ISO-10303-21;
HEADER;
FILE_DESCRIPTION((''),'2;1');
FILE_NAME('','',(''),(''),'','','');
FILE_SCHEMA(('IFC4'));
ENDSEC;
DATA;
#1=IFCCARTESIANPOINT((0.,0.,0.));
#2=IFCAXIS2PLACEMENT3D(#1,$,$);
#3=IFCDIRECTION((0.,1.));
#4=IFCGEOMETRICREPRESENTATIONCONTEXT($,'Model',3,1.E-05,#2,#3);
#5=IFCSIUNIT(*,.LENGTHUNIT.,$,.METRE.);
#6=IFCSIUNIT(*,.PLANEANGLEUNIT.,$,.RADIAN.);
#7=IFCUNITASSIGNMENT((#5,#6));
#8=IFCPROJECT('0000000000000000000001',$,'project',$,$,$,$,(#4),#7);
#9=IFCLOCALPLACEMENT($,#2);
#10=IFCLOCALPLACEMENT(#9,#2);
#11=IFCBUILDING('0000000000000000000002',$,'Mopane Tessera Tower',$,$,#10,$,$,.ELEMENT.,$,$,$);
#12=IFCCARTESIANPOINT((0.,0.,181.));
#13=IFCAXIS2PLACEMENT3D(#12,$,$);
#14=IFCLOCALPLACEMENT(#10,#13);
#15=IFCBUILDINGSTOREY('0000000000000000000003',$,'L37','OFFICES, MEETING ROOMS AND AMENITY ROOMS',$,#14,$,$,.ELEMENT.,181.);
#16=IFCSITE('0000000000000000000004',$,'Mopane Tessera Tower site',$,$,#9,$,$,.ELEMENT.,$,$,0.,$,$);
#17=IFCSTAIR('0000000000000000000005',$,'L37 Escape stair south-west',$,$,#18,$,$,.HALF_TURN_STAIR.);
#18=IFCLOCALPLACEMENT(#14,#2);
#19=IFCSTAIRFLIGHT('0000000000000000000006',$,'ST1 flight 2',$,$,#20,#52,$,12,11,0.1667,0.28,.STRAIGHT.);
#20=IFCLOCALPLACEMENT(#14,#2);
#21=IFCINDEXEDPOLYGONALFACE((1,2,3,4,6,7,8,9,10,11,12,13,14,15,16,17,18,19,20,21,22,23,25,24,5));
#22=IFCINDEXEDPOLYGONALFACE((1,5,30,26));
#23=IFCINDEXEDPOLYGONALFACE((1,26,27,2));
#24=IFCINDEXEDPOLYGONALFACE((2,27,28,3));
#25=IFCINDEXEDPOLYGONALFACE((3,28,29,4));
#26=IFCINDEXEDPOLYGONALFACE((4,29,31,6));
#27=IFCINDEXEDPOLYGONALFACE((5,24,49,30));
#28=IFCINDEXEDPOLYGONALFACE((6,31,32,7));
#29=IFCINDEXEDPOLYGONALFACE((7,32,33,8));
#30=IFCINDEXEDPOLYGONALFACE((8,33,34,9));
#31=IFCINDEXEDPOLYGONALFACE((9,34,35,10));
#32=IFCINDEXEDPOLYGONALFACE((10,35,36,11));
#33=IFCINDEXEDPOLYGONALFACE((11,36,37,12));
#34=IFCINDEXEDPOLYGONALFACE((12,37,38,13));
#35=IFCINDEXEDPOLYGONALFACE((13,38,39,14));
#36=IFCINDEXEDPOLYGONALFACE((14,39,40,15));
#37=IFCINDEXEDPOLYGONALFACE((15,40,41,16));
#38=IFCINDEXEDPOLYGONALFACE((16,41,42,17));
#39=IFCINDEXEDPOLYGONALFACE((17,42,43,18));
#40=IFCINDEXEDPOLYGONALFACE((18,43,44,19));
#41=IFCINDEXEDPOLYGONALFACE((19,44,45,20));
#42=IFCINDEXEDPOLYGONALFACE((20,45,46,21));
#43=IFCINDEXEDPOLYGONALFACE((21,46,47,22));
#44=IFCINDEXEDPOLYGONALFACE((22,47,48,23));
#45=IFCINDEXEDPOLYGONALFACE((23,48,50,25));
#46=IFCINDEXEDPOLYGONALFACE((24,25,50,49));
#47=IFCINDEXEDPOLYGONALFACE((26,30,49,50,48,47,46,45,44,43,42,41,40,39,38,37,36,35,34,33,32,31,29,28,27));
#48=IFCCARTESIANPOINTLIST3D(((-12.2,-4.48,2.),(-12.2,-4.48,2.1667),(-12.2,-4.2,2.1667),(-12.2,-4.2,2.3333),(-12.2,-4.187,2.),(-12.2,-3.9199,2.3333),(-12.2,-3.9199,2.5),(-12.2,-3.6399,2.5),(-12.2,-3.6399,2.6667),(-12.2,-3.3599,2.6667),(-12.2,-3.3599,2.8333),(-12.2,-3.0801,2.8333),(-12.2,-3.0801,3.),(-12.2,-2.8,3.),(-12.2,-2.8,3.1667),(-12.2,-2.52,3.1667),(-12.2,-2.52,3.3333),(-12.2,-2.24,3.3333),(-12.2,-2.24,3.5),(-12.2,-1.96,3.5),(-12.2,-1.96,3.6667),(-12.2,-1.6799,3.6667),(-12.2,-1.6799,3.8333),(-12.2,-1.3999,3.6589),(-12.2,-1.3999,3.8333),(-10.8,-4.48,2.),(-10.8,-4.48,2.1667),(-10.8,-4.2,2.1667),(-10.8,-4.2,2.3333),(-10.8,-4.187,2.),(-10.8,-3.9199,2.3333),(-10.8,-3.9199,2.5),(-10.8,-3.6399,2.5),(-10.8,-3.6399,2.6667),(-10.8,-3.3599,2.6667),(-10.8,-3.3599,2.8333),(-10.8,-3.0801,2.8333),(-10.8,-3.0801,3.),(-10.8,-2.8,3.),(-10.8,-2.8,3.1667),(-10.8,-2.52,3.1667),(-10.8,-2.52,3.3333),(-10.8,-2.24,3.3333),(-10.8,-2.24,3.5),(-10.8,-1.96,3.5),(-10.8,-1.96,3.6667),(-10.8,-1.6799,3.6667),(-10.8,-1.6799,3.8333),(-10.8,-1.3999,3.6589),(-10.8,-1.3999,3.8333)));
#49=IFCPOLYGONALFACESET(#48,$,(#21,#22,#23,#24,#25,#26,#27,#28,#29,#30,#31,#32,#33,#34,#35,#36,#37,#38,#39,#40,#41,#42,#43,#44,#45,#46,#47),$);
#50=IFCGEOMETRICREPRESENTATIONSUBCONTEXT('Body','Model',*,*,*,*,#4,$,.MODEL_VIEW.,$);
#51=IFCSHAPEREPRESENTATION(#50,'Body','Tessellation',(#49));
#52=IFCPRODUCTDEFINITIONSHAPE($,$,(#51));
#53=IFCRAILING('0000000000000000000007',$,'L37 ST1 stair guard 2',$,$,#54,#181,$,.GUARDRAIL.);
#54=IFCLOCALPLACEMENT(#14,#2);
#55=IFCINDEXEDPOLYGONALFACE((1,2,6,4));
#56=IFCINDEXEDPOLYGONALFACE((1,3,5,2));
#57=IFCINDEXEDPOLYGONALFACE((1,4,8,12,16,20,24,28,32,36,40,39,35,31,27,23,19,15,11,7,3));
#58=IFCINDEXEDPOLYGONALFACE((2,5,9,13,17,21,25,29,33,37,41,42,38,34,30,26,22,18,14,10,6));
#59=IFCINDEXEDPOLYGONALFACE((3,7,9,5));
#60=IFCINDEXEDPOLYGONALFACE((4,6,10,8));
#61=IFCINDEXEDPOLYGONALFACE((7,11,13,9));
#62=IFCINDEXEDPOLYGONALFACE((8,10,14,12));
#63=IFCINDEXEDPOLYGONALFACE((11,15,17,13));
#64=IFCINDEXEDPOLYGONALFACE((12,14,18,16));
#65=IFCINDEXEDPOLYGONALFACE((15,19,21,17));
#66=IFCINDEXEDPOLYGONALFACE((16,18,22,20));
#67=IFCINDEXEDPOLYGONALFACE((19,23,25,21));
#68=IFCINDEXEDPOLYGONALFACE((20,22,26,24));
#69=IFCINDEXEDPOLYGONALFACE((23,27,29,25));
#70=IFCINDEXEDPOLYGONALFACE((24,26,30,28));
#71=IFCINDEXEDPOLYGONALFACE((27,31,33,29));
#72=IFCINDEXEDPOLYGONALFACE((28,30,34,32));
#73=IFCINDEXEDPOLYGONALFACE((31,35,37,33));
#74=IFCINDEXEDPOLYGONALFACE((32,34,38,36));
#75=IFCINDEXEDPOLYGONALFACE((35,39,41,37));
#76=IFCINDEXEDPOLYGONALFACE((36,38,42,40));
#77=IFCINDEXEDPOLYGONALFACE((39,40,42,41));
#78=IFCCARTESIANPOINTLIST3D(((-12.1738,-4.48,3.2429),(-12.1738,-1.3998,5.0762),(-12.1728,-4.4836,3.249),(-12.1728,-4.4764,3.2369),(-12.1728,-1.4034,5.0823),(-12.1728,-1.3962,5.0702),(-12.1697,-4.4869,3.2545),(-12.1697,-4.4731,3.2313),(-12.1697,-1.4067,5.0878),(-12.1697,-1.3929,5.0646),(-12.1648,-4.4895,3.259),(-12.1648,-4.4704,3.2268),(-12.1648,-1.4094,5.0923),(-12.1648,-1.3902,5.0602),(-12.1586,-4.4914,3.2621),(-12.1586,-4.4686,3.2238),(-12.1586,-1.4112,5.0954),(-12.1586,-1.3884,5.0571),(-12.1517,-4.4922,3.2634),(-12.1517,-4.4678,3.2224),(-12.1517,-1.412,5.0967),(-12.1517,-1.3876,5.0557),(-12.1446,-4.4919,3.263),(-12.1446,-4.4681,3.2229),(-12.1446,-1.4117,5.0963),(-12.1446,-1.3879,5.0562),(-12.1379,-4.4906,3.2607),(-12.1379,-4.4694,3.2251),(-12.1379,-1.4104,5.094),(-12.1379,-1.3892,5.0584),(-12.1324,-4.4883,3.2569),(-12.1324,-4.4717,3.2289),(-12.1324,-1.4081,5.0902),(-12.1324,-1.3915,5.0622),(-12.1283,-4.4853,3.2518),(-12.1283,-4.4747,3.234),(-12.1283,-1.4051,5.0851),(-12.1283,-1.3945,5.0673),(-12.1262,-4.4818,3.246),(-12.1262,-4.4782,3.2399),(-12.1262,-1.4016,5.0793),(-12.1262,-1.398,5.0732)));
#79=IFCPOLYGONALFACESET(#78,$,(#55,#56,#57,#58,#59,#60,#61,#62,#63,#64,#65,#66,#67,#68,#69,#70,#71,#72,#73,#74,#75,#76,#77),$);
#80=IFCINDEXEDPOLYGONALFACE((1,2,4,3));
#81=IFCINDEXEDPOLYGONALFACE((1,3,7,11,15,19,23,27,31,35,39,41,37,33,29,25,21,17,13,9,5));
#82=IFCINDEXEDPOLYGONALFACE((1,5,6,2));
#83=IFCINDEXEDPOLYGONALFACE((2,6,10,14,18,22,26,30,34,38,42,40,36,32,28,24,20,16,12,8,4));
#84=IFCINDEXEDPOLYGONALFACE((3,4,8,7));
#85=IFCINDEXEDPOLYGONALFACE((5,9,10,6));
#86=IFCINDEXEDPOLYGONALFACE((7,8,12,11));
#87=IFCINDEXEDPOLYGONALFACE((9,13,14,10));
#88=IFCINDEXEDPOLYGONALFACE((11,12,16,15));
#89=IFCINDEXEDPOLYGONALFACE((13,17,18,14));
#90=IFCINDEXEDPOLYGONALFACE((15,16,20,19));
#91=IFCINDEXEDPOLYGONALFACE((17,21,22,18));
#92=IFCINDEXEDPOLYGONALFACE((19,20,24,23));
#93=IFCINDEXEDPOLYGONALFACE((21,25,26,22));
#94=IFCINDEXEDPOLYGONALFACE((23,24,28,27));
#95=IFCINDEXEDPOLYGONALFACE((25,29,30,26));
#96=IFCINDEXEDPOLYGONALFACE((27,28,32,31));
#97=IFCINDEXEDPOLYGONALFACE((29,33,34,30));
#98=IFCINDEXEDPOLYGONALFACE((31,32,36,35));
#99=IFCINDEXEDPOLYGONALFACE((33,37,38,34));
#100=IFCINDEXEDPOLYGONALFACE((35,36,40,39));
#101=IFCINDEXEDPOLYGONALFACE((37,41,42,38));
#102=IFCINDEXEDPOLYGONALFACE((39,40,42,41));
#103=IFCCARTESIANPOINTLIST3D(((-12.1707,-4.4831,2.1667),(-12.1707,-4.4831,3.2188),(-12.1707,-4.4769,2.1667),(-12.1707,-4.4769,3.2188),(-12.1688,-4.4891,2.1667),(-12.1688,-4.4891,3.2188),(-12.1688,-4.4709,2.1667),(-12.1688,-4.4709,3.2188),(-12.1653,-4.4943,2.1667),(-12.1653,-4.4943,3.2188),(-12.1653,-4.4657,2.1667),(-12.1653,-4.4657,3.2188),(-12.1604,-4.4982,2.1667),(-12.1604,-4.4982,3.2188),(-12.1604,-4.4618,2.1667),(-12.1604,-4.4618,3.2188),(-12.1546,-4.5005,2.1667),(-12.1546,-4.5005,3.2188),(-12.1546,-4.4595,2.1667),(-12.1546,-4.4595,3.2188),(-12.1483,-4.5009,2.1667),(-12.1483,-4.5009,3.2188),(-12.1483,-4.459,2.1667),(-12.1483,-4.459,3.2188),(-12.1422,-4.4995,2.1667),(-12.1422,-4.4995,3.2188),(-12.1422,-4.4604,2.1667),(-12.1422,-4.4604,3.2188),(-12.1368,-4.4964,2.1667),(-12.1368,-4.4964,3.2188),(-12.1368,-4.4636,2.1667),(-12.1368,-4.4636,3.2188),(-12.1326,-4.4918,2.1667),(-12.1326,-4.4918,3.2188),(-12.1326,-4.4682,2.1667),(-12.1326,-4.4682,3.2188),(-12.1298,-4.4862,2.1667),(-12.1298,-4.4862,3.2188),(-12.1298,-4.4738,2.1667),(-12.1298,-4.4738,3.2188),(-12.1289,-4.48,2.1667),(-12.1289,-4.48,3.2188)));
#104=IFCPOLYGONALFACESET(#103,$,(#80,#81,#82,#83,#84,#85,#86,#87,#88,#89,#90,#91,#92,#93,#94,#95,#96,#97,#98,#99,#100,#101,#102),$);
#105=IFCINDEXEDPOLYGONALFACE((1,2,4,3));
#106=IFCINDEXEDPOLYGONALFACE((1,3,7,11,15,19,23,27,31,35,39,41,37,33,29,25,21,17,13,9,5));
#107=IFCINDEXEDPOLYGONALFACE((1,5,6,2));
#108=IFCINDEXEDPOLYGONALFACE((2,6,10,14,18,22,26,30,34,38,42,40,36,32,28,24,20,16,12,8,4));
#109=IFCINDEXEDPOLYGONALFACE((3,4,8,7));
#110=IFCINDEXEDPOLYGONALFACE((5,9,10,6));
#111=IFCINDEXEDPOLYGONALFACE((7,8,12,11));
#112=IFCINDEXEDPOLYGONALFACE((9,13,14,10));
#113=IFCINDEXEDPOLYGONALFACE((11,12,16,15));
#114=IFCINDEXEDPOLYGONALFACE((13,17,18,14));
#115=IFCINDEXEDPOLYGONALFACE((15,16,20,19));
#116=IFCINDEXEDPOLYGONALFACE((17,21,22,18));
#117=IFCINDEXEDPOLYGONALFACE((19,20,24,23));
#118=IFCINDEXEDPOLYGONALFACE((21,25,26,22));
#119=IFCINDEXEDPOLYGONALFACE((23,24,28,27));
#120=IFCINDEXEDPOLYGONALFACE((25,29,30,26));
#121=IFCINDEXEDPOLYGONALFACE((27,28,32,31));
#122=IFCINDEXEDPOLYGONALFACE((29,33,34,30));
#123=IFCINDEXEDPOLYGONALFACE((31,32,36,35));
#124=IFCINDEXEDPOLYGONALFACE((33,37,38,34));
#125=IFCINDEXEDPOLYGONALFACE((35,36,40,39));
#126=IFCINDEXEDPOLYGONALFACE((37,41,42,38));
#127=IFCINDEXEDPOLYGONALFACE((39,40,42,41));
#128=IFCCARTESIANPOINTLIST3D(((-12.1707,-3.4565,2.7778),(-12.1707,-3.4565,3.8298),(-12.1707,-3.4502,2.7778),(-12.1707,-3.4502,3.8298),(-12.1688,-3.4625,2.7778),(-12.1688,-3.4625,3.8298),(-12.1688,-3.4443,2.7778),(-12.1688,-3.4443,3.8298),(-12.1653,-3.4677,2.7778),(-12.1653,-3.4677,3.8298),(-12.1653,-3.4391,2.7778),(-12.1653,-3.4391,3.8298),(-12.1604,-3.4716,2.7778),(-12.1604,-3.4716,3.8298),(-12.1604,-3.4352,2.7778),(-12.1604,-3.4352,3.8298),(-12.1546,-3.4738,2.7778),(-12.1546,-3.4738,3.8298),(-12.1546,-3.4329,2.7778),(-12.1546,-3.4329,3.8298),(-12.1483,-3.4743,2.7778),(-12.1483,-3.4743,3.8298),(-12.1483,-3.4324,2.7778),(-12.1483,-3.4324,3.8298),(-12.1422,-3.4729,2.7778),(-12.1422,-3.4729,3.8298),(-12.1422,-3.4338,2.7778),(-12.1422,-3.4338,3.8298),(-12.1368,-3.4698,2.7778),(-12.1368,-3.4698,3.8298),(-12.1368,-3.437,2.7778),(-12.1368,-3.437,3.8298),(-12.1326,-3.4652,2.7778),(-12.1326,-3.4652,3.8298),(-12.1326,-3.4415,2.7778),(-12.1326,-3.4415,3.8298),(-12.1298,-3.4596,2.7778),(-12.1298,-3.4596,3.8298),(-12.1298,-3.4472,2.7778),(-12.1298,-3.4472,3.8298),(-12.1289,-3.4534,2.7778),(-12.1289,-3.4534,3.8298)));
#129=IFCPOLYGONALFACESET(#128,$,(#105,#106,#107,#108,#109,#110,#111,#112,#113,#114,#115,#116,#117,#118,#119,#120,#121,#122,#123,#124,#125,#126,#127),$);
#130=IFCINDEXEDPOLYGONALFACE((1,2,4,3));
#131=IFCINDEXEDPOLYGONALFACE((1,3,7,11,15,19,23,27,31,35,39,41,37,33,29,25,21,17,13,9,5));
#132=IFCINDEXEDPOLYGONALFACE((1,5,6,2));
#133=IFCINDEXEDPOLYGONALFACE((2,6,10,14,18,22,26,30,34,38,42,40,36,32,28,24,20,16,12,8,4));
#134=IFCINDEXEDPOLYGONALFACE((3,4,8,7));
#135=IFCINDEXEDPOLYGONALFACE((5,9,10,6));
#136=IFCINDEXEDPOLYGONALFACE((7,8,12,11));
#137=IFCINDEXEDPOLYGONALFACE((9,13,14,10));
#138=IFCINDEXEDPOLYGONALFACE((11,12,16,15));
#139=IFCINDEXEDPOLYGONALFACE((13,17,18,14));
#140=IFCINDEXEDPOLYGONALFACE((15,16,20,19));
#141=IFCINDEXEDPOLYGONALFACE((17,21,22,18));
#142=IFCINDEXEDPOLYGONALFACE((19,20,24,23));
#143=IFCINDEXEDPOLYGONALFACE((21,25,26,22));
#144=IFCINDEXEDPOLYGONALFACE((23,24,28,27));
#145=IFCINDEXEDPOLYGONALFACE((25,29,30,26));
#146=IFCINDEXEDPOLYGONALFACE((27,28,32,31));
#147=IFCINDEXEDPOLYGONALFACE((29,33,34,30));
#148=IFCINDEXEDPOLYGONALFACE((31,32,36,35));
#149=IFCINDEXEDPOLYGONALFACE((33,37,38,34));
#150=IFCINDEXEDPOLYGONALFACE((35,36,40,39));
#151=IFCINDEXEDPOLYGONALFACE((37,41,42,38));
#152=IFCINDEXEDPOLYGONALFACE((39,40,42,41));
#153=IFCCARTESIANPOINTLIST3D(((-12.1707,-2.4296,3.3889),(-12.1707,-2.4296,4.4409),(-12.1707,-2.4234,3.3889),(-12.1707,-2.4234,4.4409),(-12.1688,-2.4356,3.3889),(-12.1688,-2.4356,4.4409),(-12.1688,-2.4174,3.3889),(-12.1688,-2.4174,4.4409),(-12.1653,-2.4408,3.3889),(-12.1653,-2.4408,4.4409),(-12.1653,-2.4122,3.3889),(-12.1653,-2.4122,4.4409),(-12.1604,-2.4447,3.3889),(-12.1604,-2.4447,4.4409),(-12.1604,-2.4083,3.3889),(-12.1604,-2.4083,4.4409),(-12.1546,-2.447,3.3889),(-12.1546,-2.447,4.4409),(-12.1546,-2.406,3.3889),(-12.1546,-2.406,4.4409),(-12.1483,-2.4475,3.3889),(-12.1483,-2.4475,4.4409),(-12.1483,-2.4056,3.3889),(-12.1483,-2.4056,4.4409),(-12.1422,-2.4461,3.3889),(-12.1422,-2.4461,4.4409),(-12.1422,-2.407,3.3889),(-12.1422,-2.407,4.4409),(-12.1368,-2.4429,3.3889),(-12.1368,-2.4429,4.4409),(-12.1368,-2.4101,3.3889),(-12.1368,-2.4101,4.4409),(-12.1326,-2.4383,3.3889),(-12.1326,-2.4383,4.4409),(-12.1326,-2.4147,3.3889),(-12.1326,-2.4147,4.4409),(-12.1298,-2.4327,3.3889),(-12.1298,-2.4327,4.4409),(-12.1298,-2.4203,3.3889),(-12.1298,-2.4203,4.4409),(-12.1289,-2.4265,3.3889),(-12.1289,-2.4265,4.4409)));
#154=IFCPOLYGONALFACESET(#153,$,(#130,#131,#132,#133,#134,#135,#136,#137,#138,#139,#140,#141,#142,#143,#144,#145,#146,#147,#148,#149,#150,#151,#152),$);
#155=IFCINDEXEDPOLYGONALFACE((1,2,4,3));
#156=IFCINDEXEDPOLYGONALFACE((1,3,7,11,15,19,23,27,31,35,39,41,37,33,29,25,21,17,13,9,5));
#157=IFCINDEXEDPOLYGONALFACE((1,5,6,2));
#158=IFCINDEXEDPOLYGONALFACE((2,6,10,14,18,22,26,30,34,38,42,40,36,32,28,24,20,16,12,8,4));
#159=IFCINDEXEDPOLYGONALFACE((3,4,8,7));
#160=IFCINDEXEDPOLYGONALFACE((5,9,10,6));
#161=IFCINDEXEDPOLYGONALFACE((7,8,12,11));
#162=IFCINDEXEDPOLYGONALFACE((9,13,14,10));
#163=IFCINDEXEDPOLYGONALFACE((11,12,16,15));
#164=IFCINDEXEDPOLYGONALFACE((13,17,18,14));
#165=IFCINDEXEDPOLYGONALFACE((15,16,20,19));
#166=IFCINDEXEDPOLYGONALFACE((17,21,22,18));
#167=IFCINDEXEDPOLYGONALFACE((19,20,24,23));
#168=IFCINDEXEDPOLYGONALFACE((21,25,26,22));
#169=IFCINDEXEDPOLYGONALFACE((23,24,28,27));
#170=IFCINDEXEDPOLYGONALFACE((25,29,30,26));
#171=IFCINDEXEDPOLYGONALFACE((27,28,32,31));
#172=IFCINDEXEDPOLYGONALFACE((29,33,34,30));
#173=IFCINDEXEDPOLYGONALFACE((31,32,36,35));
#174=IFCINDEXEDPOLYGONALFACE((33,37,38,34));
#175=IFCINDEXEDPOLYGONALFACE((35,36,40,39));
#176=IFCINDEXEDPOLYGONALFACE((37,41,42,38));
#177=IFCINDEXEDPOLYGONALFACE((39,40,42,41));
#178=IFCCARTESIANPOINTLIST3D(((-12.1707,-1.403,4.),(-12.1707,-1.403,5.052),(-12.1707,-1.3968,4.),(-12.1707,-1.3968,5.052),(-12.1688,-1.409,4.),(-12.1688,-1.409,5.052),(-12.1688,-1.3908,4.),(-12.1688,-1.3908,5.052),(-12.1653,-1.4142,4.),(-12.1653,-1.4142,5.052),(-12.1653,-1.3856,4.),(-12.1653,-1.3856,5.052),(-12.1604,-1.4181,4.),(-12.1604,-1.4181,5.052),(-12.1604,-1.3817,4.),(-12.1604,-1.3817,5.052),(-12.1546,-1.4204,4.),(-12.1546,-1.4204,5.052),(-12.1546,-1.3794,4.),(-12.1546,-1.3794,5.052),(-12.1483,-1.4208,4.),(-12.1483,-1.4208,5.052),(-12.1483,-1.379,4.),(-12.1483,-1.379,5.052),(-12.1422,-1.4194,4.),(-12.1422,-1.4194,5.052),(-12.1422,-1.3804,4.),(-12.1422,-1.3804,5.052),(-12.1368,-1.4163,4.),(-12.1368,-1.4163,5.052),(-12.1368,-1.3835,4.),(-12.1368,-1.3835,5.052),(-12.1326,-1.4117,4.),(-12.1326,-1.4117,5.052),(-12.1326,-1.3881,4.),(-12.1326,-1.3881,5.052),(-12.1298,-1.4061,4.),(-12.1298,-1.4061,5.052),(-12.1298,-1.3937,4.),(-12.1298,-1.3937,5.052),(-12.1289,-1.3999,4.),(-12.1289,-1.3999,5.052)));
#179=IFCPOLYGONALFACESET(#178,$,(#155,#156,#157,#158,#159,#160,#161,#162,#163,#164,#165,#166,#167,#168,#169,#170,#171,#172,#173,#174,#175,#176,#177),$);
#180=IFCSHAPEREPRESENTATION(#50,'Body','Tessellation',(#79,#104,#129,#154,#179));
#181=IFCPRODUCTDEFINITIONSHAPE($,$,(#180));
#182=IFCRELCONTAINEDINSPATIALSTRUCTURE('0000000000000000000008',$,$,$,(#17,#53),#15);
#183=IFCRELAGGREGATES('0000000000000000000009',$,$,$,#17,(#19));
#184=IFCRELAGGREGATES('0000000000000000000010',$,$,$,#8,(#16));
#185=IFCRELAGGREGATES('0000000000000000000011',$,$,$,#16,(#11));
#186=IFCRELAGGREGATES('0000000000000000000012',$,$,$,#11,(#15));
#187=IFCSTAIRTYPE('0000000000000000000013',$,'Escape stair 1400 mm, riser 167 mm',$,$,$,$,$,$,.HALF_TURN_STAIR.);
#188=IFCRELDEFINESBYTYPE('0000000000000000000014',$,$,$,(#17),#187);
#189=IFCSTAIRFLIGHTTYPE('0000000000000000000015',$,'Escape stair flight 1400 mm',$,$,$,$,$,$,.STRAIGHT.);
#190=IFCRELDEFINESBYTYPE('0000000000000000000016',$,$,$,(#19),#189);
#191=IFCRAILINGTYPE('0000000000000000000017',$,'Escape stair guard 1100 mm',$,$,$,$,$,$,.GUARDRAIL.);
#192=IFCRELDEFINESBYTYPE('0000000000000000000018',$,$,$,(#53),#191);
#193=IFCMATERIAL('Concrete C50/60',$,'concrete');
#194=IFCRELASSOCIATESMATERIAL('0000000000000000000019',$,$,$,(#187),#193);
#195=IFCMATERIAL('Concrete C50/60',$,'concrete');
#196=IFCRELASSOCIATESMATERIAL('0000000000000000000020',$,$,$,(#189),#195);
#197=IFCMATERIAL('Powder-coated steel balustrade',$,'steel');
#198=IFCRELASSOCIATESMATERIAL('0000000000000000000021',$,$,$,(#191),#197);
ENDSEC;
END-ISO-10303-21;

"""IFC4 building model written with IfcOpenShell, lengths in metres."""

from ifc_helpers import new_model, si_unit, direction, frame, origin, origin_2d, place, context, subcontext, project, spatial, polyline, circle, outline, extrude, material, type_object, element, aggregate, save


model = new_model("IFC4")

# Units and contexts
model_context = context("Model", 3, precision=1e-05, world=origin(), true_north=direction((0.0, 1.0)))
body_context = subcontext(model_context, "Body", "Model", "MODEL_VIEW")
ifc_project = project(units=[si_unit("LENGTHUNIT", "METRE"), si_unit("PLANEANGLEUNIT", "RADIAN")], contexts=[model_context])

# Site, building, storey
site_placement = place(None, origin())
site = spatial("IfcSite", under=ifc_project, at=site_placement, Name="Mopane Tessera Tower site", CompositionType="ELEMENT", RefElevation=0.0)
building_placement = place(site_placement, origin())
building = spatial("IfcBuilding", under=site, at=building_placement, Name="Mopane Tessera Tower", CompositionType="ELEMENT")
storey_placement = place(building_placement, frame((0.0, 0.0, 181.0)))
storey = spatial("IfcBuildingStorey", under=building, at=storey_placement, Name="L37", Description="OFFICES, MEETING ROOMS AND AMENITY ROOMS", CompositionType="ELEMENT", Elevation=181.0)

# Stair, stair flight
ifc_material_1 = material(Name="Concrete C50/60", Category="concrete")
stair_type = type_object("IfcStairType", Name="Escape stair 1400 mm, riser 167 mm", PredefinedType="HALF_TURN_STAIR", material=ifc_material_1)
stair_placement = place(storey_placement, origin())
stair = element("IfcStair", 1, at=stair_placement, inside=storey, type_object=stair_type, Name="L37 Escape stair south-west", PredefinedType="HALF_TURN_STAIR")
ifc_material_2 = material(Name="Concrete C50/60", Category="concrete")
stair_flight_type = type_object("IfcStairFlightType", Name="Escape stair flight 1400 mm", PredefinedType="STRAIGHT", material=ifc_material_2)
stair_flight_1_placement = place(storey_placement, frame((-11.5, -4.48, 2.0), z_axis=(0.0, 0.0, 1.0), x_axis=(0.0, 1.0, 0.0)))
stair_flight_1 = element("IfcStairFlight", 2, at=stair_flight_1_placement, type_object=stair_flight_type, Name="ST1 flight 2", NumberOfRisers=12, NumberOfTreads=11, PredefinedType="STRAIGHT", RiserHeight=0.1667, TreadLength=0.28, context=body_context, shape_type="SweptSolid", body=[
    extrude(outline(polyline([(0.0, 0.0), (0.0, 0.1667), (0.28, 0.1667), (0.28, 0.3333), (0.5601, 0.3333), (0.5601, 0.5), (0.8401, 0.5), (0.8401, 0.6667), (1.1201, 0.6667), (1.1201, 0.8333), (1.3999, 0.8333), (1.3999, 1.0), (1.6799, 1.0), (1.6799, 1.1667), (1.96, 1.1667), (1.96, 1.3333), (2.24, 1.3333), (2.24, 1.5), (2.52, 1.5), (2.52, 1.6667), (2.8, 1.6667), (2.8, 1.8333), (3.0801, 1.8333), (3.0801, 2.0), (3.0801, 1.6589), (0.293, 0.0), (0.0, 0.0)])), frame((0.0, 0.7, 0.0), z_axis=(0.0, -1.0, 0.0), x_axis=(1.0, 0.0, 0.0)), (0.0, 0.0, 1.0), 1.3999),
])
aggregate(stair, [stair_flight_1])

# Railing
ifc_material_3 = material(Name="Powder-coated steel balustrade", Category="steel")
railing_type_1 = type_object("IfcRailingType", Name="Escape stair guard 1100 mm", PredefinedType="GUARDRAIL", material=ifc_material_3)
railing_1_placement = place(storey_placement, frame((-12.1499, -4.48, 2.1667)))
element("IfcRailing", 3, at=railing_1_placement, inside=storey, type_object=railing_type_1, Name="L37 ST1 stair guard 2", PredefinedType="GUARDRAIL", context=body_context, shape_type="SweptSolid", body=[
    extrude(circle(Radius=0.0239, at=origin_2d()), frame((0.0, 0.0, 1.0762), z_axis=(0.0, 0.859309, 0.511458), x_axis=(-1.0, 0.0, 0.0)), (0.0, 0.0, 1.0), 3.5845),
    extrude(circle(Radius=0.021, at=origin_2d()), origin(), (0.0, 0.0, 1.0), 1.052),
    extrude(circle(Radius=0.021, at=origin_2d()), frame((0.0, 1.0266, 0.6111)), (0.0, 0.0, 1.0), 1.052),
    extrude(circle(Radius=0.021, at=origin_2d()), frame((0.0, 2.0535, 1.2222)), (0.0, 0.0, 1.0), 1.052),
    extrude(circle(Radius=0.021, at=origin_2d()), frame((0.0, 3.0801, 1.8333)), (0.0, 0.0, 1.0), 1.052),
])

save(model, "model.ifc")
